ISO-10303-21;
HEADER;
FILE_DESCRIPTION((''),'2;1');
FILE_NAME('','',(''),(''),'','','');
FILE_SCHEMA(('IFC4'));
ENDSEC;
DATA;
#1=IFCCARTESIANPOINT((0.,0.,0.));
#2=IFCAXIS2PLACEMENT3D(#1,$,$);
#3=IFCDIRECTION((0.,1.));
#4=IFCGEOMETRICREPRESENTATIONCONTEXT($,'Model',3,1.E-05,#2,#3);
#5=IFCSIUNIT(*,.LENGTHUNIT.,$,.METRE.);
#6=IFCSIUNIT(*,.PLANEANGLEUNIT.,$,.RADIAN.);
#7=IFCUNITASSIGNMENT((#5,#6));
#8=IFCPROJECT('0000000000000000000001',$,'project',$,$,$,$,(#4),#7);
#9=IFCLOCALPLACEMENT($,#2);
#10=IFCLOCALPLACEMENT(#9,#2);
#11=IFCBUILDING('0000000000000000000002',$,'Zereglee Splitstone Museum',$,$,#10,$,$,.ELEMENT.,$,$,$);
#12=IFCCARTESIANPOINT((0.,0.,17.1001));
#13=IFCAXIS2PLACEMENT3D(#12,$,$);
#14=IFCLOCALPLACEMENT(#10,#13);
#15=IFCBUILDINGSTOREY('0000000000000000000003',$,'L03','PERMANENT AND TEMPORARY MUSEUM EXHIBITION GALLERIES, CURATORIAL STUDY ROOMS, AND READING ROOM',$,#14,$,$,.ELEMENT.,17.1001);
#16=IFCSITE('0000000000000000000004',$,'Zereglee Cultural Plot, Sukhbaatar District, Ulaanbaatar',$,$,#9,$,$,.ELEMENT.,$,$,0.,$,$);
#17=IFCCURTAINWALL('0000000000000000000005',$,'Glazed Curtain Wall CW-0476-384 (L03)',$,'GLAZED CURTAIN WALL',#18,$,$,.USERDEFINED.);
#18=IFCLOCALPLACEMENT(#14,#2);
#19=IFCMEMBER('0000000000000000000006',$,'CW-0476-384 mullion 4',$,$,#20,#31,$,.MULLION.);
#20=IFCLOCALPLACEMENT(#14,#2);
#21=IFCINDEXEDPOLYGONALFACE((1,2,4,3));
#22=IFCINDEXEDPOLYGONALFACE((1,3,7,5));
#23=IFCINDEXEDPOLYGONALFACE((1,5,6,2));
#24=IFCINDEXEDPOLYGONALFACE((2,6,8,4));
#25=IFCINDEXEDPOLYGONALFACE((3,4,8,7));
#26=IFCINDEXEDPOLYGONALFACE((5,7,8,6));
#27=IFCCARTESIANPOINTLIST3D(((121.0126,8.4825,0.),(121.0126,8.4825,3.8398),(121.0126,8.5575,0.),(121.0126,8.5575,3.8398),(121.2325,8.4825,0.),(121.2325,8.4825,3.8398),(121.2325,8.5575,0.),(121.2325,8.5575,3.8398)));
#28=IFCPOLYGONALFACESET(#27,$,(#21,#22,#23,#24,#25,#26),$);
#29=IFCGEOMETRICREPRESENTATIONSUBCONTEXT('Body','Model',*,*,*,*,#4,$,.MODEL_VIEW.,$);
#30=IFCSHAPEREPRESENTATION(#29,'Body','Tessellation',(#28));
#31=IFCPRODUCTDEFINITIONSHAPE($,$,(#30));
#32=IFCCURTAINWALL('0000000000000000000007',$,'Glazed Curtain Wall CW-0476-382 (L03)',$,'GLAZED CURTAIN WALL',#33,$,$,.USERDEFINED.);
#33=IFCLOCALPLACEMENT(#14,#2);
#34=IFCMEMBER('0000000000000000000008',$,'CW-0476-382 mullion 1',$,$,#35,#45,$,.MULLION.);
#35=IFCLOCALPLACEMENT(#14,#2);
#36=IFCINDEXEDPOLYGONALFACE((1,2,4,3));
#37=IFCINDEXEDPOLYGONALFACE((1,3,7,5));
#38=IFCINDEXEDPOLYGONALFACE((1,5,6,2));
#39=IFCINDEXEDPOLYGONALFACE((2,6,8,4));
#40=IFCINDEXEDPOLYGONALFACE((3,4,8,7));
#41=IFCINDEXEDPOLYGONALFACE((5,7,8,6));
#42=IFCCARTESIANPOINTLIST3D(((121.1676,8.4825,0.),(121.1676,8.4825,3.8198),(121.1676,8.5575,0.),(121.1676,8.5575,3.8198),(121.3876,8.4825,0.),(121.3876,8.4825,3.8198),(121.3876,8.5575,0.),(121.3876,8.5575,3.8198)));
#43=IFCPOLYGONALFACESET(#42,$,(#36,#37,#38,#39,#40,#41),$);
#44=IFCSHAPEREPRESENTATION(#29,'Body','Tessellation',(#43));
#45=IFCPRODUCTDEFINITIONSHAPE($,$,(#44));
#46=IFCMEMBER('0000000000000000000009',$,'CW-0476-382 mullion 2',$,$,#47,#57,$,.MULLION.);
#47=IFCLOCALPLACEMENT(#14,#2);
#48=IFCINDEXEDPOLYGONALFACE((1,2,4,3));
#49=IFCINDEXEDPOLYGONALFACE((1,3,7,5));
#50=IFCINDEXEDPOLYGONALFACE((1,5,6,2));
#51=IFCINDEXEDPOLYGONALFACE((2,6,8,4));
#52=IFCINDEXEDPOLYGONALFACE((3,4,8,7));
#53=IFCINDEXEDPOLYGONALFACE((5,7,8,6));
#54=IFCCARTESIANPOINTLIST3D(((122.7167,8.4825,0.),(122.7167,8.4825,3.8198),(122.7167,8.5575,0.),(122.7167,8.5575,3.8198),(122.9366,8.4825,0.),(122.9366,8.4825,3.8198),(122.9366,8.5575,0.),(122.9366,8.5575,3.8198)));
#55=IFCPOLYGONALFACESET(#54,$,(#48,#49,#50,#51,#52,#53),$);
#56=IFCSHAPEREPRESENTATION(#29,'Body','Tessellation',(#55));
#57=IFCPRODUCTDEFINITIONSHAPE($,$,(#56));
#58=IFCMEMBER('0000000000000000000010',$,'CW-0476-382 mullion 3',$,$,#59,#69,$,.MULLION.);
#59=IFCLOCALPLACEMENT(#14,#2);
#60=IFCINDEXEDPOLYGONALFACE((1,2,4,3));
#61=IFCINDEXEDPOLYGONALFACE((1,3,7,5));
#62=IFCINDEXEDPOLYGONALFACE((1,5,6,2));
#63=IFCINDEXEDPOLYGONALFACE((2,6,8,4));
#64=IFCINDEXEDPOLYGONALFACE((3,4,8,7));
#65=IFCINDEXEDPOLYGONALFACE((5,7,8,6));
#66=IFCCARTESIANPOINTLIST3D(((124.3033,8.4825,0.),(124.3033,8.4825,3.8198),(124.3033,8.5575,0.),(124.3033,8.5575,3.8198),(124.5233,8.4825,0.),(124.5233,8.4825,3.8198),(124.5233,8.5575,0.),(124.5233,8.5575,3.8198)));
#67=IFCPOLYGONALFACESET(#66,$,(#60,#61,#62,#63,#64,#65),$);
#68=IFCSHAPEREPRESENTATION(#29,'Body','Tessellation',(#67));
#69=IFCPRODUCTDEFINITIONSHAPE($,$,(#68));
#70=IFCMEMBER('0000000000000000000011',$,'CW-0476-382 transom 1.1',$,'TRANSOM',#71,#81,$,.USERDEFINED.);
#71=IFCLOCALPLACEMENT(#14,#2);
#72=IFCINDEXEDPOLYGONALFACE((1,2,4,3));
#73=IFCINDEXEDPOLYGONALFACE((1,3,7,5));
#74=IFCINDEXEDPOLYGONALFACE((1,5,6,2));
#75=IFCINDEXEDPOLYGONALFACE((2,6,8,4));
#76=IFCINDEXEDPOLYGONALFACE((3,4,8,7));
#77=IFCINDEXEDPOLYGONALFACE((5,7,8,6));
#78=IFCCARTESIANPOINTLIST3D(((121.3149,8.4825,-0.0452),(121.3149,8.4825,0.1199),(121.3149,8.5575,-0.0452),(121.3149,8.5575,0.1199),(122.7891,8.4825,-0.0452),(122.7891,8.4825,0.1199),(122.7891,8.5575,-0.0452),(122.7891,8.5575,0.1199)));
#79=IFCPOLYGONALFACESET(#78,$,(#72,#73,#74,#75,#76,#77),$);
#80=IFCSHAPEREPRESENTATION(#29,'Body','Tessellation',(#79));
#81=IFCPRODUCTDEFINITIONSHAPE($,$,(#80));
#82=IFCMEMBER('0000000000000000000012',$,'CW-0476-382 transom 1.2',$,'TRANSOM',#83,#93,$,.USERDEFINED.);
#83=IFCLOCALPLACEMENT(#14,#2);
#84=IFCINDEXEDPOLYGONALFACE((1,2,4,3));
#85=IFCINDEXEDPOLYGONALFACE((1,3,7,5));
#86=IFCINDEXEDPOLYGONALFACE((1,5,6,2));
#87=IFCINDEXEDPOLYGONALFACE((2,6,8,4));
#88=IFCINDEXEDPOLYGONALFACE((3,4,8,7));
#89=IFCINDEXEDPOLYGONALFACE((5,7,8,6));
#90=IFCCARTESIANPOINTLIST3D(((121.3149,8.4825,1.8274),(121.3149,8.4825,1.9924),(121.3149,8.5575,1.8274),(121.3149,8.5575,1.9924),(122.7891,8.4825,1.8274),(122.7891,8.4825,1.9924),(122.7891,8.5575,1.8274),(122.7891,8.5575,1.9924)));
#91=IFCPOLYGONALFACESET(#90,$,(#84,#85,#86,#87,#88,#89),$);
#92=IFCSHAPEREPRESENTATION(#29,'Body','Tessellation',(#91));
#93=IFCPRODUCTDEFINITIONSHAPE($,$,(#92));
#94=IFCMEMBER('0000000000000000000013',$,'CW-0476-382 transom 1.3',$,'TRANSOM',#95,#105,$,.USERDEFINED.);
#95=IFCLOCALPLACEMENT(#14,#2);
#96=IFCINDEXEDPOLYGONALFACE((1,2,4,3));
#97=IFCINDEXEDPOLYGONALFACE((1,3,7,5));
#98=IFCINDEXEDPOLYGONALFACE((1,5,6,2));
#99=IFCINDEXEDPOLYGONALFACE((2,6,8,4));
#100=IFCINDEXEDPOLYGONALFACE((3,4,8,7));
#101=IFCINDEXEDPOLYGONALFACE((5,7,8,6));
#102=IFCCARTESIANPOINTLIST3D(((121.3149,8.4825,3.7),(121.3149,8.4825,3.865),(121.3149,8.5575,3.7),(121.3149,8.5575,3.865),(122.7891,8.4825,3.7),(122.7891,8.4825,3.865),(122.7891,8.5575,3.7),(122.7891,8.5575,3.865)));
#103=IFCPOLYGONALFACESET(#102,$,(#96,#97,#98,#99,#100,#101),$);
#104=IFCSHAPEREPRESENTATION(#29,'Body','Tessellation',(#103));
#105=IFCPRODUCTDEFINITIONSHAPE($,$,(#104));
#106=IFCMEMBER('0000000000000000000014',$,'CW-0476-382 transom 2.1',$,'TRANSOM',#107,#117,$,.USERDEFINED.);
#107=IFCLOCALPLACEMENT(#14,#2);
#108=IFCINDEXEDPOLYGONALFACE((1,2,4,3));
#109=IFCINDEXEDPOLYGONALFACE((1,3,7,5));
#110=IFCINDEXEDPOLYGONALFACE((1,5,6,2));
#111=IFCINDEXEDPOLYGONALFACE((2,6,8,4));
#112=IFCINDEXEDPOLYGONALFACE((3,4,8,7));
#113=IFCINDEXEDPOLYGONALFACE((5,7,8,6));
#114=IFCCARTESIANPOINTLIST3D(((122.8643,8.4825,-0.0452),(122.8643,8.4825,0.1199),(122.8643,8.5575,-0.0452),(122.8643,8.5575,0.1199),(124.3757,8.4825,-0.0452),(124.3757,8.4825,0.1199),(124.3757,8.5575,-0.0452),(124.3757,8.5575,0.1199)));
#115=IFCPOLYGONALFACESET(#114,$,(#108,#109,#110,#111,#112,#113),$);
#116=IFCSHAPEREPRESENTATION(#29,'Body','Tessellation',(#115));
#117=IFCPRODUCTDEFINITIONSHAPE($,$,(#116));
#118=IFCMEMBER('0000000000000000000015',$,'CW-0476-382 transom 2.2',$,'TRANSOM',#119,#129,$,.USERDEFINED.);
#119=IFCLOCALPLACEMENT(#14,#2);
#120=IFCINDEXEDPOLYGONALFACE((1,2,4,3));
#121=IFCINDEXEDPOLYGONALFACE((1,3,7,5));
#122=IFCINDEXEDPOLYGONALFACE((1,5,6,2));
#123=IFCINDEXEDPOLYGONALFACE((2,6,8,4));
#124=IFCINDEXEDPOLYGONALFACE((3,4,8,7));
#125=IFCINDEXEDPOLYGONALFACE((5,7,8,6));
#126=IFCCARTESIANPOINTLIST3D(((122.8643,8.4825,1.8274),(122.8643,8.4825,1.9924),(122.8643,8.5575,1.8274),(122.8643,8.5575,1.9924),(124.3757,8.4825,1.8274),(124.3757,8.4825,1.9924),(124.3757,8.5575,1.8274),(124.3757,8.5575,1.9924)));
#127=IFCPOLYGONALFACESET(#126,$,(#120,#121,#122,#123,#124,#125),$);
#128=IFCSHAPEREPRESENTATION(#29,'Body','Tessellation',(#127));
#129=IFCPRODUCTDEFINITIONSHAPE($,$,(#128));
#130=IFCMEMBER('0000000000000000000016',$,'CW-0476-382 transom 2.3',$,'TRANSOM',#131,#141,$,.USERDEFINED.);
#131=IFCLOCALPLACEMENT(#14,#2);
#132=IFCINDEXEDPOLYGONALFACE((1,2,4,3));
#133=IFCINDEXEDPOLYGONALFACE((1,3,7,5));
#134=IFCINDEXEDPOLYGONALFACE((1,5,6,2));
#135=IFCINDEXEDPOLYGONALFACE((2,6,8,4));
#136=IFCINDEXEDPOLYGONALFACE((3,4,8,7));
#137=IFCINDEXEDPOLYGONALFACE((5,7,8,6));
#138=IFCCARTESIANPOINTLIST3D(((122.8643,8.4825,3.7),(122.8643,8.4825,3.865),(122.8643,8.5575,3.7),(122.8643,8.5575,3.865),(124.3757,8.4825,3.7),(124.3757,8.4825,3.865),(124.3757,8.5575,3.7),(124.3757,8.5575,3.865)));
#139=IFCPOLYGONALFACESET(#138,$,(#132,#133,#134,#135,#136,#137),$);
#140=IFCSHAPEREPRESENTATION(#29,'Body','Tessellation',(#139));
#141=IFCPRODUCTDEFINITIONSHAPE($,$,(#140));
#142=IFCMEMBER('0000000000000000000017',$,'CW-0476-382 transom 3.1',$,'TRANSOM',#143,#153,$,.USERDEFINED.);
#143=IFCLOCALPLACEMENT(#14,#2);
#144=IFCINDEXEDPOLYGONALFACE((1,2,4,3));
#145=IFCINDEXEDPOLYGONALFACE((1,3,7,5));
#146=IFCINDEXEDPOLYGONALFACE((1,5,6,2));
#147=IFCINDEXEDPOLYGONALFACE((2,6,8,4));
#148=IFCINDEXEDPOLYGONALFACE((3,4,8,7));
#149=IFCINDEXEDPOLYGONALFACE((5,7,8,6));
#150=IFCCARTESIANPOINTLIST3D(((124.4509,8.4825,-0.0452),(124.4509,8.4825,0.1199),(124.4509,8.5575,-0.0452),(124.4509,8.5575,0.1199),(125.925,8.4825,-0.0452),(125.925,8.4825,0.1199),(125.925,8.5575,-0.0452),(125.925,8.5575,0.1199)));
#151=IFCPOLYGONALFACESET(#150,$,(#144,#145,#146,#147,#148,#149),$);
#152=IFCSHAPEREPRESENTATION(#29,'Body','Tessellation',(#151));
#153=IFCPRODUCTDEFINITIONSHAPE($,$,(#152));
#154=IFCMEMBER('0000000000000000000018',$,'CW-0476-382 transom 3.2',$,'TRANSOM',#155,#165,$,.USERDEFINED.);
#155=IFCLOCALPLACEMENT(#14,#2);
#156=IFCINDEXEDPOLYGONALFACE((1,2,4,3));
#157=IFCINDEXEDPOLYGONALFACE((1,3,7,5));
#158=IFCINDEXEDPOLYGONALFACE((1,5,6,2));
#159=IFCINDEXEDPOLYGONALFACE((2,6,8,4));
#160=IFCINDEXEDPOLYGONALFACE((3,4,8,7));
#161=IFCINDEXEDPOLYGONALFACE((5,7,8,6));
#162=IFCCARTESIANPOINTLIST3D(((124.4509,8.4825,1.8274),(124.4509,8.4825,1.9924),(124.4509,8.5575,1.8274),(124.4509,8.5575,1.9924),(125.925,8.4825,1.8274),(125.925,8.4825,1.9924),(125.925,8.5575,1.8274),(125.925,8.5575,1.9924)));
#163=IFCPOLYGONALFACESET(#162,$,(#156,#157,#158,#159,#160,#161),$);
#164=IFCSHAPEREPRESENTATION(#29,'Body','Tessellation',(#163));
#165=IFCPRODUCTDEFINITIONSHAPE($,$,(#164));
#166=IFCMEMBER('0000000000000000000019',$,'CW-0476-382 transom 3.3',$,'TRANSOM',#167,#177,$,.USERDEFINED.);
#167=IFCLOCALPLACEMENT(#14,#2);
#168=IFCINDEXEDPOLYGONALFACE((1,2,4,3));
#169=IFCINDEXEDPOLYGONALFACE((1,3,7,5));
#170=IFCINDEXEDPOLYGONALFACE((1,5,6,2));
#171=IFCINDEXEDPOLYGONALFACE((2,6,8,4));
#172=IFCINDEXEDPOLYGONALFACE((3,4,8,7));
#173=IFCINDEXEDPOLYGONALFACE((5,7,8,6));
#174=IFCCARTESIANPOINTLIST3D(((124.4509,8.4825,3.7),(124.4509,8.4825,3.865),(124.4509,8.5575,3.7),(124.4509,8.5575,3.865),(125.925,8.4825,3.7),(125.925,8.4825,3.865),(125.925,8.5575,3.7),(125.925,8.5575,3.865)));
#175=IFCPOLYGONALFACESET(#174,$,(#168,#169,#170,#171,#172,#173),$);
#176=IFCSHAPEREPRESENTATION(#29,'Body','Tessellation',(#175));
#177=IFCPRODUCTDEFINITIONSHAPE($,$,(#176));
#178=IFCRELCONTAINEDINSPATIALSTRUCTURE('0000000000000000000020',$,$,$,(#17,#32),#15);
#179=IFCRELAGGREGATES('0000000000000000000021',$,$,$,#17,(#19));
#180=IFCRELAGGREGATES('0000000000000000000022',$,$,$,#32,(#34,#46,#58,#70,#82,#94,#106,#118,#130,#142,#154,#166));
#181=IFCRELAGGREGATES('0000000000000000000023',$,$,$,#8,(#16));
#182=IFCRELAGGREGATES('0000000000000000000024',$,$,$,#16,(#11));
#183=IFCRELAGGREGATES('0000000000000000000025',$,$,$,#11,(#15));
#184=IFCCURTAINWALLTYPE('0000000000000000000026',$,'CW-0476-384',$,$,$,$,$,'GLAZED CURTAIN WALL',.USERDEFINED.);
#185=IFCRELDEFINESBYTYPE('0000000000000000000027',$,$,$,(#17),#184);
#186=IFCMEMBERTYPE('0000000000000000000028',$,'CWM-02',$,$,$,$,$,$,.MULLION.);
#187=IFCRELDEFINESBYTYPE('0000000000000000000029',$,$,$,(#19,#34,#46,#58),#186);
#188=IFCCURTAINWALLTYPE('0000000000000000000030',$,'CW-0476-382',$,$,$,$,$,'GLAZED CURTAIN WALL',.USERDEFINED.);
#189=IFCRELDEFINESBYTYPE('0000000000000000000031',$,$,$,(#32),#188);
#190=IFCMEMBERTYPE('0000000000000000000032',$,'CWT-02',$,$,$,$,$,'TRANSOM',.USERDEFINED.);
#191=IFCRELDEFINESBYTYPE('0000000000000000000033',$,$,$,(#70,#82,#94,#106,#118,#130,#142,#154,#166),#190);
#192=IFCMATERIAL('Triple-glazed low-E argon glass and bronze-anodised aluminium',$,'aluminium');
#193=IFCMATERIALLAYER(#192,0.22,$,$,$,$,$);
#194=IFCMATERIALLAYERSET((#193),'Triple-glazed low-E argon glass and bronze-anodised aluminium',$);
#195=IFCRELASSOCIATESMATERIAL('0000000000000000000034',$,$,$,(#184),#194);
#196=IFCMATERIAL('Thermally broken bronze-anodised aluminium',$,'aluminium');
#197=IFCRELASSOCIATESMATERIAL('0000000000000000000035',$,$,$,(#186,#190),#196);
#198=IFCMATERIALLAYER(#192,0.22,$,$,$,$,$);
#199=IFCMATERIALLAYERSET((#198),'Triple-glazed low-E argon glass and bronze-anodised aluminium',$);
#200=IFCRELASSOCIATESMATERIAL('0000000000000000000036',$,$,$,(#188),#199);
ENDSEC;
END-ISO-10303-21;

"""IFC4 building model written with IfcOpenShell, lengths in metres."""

from ifc_helpers import new_model, si_unit, direction, frame, origin, origin_2d, place, context, subcontext, project, spatial, rectangle, extrude, material, layer, layer_set, material_profile, profile_set, type_object, element, aggregate, save


model = new_model("IFC4")

# Units and contexts
model_context = context("Model", 3, precision=1e-05, world=origin(), true_north=direction((0.0, 1.0)))
body_context = subcontext(model_context, "Body", "Model", "MODEL_VIEW")
ifc_project = project(units=[si_unit("LENGTHUNIT", "METRE"), si_unit("PLANEANGLEUNIT", "RADIAN")], contexts=[model_context])

# Site, building, storey
site_placement = place(None, origin())
site = spatial("IfcSite", under=ifc_project, at=site_placement, Name="Zereglee Cultural Plot, Sukhbaatar District, Ulaanbaatar", CompositionType="ELEMENT", RefElevation=0.0)
building_placement = place(site_placement, origin())
building = spatial("IfcBuilding", under=site, at=building_placement, Name="Zereglee Splitstone Museum", CompositionType="ELEMENT")
storey_placement = place(building_placement, frame((0.0, 0.0, 17.1001)))
storey = spatial("IfcBuildingStorey", under=building, at=storey_placement, Name="L03", Description="PERMANENT AND TEMPORARY MUSEUM EXHIBITION GALLERIES, CURATORIAL STUDY ROOMS, AND READING ROOM", CompositionType="ELEMENT", Elevation=17.1001)

# Curtain wall, member
ifc_material_1 = material(Name="Triple-glazed low-E argon glass and bronze-anodised aluminium", Category="aluminium")
ifc_layer_1 = layer(ifc_material_1, 0.22)
ifc_layer_set_1 = layer_set([ifc_layer_1], Name="Triple-glazed low-E argon glass and bronze-anodised aluminium")
curtain_wall_type_1 = type_object("IfcCurtainWallType", Name="CW-0476-384", ElementType="GLAZED CURTAIN WALL", PredefinedType="USERDEFINED", material=ifc_layer_set_1)
curtain_wall_1_placement = place(storey_placement, origin())
curtain_wall_1 = element("IfcCurtainWall", 1, at=curtain_wall_1_placement, inside=storey, type_object=curtain_wall_type_1, Name="Glazed Curtain Wall CW-0476-384 (L03)", ObjectType="GLAZED CURTAIN WALL", PredefinedType="USERDEFINED")
ifc_material_2 = material(Name="Thermally broken bronze-anodised aluminium", Category="aluminium")
ifc_material_profile_1 = material_profile(ifc_material_2, rectangle(XDim=0.075, YDim=0.22, at=origin_2d()), Name="CW MULL 75x220")
ifc_profile_set_1 = profile_set([ifc_material_profile_1], Name="Thermally broken bronze-anodised aluminium")
member_type_1 = type_object("IfcMemberType", Name="CWM-02", PredefinedType="MULLION", material=ifc_profile_set_1)
member_1_placement = place(storey_placement, frame((121.1226, 8.52, 0.0), z_axis=(0.0, 0.0, 1.0), x_axis=(0.0, 1.0, 0.0)))
member_1 = element("IfcMember", 2, at=member_1_placement, type_object=member_type_1, Name="CW-0476-384 mullion 4", PredefinedType="MULLION", context=body_context, shape_type="SweptSolid", body=[
    extrude(rectangle(XDim=0.075, YDim=0.22, at=origin_2d()), origin(), (0.0, 0.0, 1.0), 3.8398),
])
aggregate(curtain_wall_1, [member_1])

# Curtain wall, members
ifc_layer_2 = layer(ifc_material_1, 0.22)
ifc_layer_set_2 = layer_set([ifc_layer_2], Name="Triple-glazed low-E argon glass and bronze-anodised aluminium")
curtain_wall_type_2 = type_object("IfcCurtainWallType", Name="CW-0476-382", ElementType="GLAZED CURTAIN WALL", PredefinedType="USERDEFINED", material=ifc_layer_set_2)
curtain_wall_2_placement = place(storey_placement, origin())
curtain_wall_2 = element("IfcCurtainWall", 3, at=curtain_wall_2_placement, inside=storey, type_object=curtain_wall_type_2, Name="Glazed Curtain Wall CW-0476-382 (L03)", ObjectType="GLAZED CURTAIN WALL", PredefinedType="USERDEFINED")
member_2_placement = place(storey_placement, frame((121.2776, 8.52, 0.0), z_axis=(0.0, 0.0, 1.0), x_axis=(0.0, 1.0, 0.0)))
member_2 = element("IfcMember", 4, at=member_2_placement, type_object=member_type_1, Name="CW-0476-382 mullion 1", PredefinedType="MULLION", context=body_context, shape_type="SweptSolid", body=[
    extrude(rectangle(XDim=0.075, YDim=0.22, at=origin_2d()), origin(), (0.0, 0.0, 1.0), 3.8198),
])
member_3_placement = place(storey_placement, frame((122.8267, 8.52, 0.0), z_axis=(0.0, 0.0, 1.0), x_axis=(0.0, 1.0, 0.0)))
member_3 = element("IfcMember", 5, at=member_3_placement, type_object=member_type_1, Name="CW-0476-382 mullion 2", PredefinedType="MULLION", context=body_context, shape_type="SweptSolid", body=[
    extrude(rectangle(XDim=0.075, YDim=0.22, at=origin_2d()), origin(), (0.0, 0.0, 1.0), 3.8198),
])
member_4_placement = place(storey_placement, frame((124.4133, 8.52, 0.0), z_axis=(0.0, 0.0, 1.0), x_axis=(0.0, 1.0, 0.0)))
member_4 = element("IfcMember", 6, at=member_4_placement, type_object=member_type_1, Name="CW-0476-382 mullion 3", PredefinedType="MULLION", context=body_context, shape_type="SweptSolid", body=[
    extrude(rectangle(XDim=0.075, YDim=0.22, at=origin_2d()), origin(), (0.0, 0.0, 1.0), 3.8198),
])
ifc_material_profile_2 = material_profile(ifc_material_2, rectangle(XDim=0.075, YDim=0.165, at=origin_2d()), Name="CW TRAN 75x165")
ifc_profile_set_2 = profile_set([ifc_material_profile_2], Name="Thermally broken bronze-anodised aluminium")
member_type_2 = type_object("IfcMemberType", Name="CWT-02", ElementType="TRANSOM", PredefinedType="USERDEFINED", material=ifc_profile_set_2)
member_5_placement = place(storey_placement, frame((121.3149, 8.52, 0.0374), z_axis=(1.0, 0.0, 0.0), x_axis=(0.0, 1.0, 0.0)))
member_5 = element("IfcMember", 7, at=member_5_placement, type_object=member_type_2, Name="CW-0476-382 transom 1.1", ObjectType="TRANSOM", PredefinedType="USERDEFINED", context=body_context, shape_type="SweptSolid", body=[
    extrude(rectangle(XDim=0.075, YDim=0.165, at=origin_2d()), origin(), (0.0, 0.0, 1.0), 1.4741),
])
member_6_placement = place(storey_placement, frame((121.3149, 8.52, 1.9099), z_axis=(1.0, 0.0, 0.0), x_axis=(0.0, 1.0, 0.0)))
member_6 = element("IfcMember", 8, at=member_6_placement, type_object=member_type_2, Name="CW-0476-382 transom 1.2", ObjectType="TRANSOM", PredefinedType="USERDEFINED", context=body_context, shape_type="SweptSolid", body=[
    extrude(rectangle(XDim=0.075, YDim=0.165, at=origin_2d()), origin(), (0.0, 0.0, 1.0), 1.4741),
])
member_7_placement = place(storey_placement, frame((121.3149, 8.52, 3.7825), z_axis=(1.0, 0.0, 0.0), x_axis=(0.0, 1.0, 0.0)))
member_7 = element("IfcMember", 9, at=member_7_placement, type_object=member_type_2, Name="CW-0476-382 transom 1.3", ObjectType="TRANSOM", PredefinedType="USERDEFINED", context=body_context, shape_type="SweptSolid", body=[
    extrude(rectangle(XDim=0.075, YDim=0.165, at=origin_2d()), origin(), (0.0, 0.0, 1.0), 1.4741),
])
member_8_placement = place(storey_placement, frame((122.8643, 8.52, 0.0374), z_axis=(1.0, 0.0, 0.0), x_axis=(0.0, 1.0, 0.0)))
member_8 = element("IfcMember", 10, at=member_8_placement, type_object=member_type_2, Name="CW-0476-382 transom 2.1", ObjectType="TRANSOM", PredefinedType="USERDEFINED", context=body_context, shape_type="SweptSolid", body=[
    extrude(rectangle(XDim=0.075, YDim=0.165, at=origin_2d()), origin(), (0.0, 0.0, 1.0), 1.5115),
])
member_9_placement = place(storey_placement, frame((122.8643, 8.52, 1.9099), z_axis=(1.0, 0.0, 0.0), x_axis=(0.0, 1.0, 0.0)))
member_9 = element("IfcMember", 11, at=member_9_placement, type_object=member_type_2, Name="CW-0476-382 transom 2.2", ObjectType="TRANSOM", PredefinedType="USERDEFINED", context=body_context, shape_type="SweptSolid", body=[
    extrude(rectangle(XDim=0.075, YDim=0.165, at=origin_2d()), origin(), (0.0, 0.0, 1.0), 1.5115),
])
member_10_placement = place(storey_placement, frame((122.8643, 8.52, 3.7825), z_axis=(1.0, 0.0, 0.0), x_axis=(0.0, 1.0, 0.0)))
member_10 = element("IfcMember", 12, at=member_10_placement, type_object=member_type_2, Name="CW-0476-382 transom 2.3", ObjectType="TRANSOM", PredefinedType="USERDEFINED", context=body_context, shape_type="SweptSolid", body=[
    extrude(rectangle(XDim=0.075, YDim=0.165, at=origin_2d()), origin(), (0.0, 0.0, 1.0), 1.5115),
])
member_11_placement = place(storey_placement, frame((124.4509, 8.52, 0.0374), z_axis=(1.0, 0.0, 0.0), x_axis=(0.0, 1.0, 0.0)))
member_11 = element("IfcMember", 13, at=member_11_placement, type_object=member_type_2, Name="CW-0476-382 transom 3.1", ObjectType="TRANSOM", PredefinedType="USERDEFINED", context=body_context, shape_type="SweptSolid", body=[
    extrude(rectangle(XDim=0.075, YDim=0.165, at=origin_2d()), origin(), (0.0, 0.0, 1.0), 1.4741),
])
member_12_placement = place(storey_placement, frame((124.4509, 8.52, 1.9099), z_axis=(1.0, 0.0, 0.0), x_axis=(0.0, 1.0, 0.0)))
member_12 = element("IfcMember", 14, at=member_12_placement, type_object=member_type_2, Name="CW-0476-382 transom 3.2", ObjectType="TRANSOM", PredefinedType="USERDEFINED", context=body_context, shape_type="SweptSolid", body=[
    extrude(rectangle(XDim=0.075, YDim=0.165, at=origin_2d()), origin(), (0.0, 0.0, 1.0), 1.4741),
])
member_13_placement = place(storey_placement, frame((124.4509, 8.52, 3.7825), z_axis=(1.0, 0.0, 0.0), x_axis=(0.0, 1.0, 0.0)))
member_13 = element("IfcMember", 15, at=member_13_placement, type_object=member_type_2, Name="CW-0476-382 transom 3.3", ObjectType="TRANSOM", PredefinedType="USERDEFINED", context=body_context, shape_type="SweptSolid", body=[
    extrude(rectangle(XDim=0.075, YDim=0.165, at=origin_2d()), origin(), (0.0, 0.0, 1.0), 1.4741),
])

aggregate(curtain_wall_2, [member_2, member_3, member_4, member_5, member_6, member_7, member_8, member_9, member_10, member_11, member_12, member_13])

save(model, "model.ifc")
